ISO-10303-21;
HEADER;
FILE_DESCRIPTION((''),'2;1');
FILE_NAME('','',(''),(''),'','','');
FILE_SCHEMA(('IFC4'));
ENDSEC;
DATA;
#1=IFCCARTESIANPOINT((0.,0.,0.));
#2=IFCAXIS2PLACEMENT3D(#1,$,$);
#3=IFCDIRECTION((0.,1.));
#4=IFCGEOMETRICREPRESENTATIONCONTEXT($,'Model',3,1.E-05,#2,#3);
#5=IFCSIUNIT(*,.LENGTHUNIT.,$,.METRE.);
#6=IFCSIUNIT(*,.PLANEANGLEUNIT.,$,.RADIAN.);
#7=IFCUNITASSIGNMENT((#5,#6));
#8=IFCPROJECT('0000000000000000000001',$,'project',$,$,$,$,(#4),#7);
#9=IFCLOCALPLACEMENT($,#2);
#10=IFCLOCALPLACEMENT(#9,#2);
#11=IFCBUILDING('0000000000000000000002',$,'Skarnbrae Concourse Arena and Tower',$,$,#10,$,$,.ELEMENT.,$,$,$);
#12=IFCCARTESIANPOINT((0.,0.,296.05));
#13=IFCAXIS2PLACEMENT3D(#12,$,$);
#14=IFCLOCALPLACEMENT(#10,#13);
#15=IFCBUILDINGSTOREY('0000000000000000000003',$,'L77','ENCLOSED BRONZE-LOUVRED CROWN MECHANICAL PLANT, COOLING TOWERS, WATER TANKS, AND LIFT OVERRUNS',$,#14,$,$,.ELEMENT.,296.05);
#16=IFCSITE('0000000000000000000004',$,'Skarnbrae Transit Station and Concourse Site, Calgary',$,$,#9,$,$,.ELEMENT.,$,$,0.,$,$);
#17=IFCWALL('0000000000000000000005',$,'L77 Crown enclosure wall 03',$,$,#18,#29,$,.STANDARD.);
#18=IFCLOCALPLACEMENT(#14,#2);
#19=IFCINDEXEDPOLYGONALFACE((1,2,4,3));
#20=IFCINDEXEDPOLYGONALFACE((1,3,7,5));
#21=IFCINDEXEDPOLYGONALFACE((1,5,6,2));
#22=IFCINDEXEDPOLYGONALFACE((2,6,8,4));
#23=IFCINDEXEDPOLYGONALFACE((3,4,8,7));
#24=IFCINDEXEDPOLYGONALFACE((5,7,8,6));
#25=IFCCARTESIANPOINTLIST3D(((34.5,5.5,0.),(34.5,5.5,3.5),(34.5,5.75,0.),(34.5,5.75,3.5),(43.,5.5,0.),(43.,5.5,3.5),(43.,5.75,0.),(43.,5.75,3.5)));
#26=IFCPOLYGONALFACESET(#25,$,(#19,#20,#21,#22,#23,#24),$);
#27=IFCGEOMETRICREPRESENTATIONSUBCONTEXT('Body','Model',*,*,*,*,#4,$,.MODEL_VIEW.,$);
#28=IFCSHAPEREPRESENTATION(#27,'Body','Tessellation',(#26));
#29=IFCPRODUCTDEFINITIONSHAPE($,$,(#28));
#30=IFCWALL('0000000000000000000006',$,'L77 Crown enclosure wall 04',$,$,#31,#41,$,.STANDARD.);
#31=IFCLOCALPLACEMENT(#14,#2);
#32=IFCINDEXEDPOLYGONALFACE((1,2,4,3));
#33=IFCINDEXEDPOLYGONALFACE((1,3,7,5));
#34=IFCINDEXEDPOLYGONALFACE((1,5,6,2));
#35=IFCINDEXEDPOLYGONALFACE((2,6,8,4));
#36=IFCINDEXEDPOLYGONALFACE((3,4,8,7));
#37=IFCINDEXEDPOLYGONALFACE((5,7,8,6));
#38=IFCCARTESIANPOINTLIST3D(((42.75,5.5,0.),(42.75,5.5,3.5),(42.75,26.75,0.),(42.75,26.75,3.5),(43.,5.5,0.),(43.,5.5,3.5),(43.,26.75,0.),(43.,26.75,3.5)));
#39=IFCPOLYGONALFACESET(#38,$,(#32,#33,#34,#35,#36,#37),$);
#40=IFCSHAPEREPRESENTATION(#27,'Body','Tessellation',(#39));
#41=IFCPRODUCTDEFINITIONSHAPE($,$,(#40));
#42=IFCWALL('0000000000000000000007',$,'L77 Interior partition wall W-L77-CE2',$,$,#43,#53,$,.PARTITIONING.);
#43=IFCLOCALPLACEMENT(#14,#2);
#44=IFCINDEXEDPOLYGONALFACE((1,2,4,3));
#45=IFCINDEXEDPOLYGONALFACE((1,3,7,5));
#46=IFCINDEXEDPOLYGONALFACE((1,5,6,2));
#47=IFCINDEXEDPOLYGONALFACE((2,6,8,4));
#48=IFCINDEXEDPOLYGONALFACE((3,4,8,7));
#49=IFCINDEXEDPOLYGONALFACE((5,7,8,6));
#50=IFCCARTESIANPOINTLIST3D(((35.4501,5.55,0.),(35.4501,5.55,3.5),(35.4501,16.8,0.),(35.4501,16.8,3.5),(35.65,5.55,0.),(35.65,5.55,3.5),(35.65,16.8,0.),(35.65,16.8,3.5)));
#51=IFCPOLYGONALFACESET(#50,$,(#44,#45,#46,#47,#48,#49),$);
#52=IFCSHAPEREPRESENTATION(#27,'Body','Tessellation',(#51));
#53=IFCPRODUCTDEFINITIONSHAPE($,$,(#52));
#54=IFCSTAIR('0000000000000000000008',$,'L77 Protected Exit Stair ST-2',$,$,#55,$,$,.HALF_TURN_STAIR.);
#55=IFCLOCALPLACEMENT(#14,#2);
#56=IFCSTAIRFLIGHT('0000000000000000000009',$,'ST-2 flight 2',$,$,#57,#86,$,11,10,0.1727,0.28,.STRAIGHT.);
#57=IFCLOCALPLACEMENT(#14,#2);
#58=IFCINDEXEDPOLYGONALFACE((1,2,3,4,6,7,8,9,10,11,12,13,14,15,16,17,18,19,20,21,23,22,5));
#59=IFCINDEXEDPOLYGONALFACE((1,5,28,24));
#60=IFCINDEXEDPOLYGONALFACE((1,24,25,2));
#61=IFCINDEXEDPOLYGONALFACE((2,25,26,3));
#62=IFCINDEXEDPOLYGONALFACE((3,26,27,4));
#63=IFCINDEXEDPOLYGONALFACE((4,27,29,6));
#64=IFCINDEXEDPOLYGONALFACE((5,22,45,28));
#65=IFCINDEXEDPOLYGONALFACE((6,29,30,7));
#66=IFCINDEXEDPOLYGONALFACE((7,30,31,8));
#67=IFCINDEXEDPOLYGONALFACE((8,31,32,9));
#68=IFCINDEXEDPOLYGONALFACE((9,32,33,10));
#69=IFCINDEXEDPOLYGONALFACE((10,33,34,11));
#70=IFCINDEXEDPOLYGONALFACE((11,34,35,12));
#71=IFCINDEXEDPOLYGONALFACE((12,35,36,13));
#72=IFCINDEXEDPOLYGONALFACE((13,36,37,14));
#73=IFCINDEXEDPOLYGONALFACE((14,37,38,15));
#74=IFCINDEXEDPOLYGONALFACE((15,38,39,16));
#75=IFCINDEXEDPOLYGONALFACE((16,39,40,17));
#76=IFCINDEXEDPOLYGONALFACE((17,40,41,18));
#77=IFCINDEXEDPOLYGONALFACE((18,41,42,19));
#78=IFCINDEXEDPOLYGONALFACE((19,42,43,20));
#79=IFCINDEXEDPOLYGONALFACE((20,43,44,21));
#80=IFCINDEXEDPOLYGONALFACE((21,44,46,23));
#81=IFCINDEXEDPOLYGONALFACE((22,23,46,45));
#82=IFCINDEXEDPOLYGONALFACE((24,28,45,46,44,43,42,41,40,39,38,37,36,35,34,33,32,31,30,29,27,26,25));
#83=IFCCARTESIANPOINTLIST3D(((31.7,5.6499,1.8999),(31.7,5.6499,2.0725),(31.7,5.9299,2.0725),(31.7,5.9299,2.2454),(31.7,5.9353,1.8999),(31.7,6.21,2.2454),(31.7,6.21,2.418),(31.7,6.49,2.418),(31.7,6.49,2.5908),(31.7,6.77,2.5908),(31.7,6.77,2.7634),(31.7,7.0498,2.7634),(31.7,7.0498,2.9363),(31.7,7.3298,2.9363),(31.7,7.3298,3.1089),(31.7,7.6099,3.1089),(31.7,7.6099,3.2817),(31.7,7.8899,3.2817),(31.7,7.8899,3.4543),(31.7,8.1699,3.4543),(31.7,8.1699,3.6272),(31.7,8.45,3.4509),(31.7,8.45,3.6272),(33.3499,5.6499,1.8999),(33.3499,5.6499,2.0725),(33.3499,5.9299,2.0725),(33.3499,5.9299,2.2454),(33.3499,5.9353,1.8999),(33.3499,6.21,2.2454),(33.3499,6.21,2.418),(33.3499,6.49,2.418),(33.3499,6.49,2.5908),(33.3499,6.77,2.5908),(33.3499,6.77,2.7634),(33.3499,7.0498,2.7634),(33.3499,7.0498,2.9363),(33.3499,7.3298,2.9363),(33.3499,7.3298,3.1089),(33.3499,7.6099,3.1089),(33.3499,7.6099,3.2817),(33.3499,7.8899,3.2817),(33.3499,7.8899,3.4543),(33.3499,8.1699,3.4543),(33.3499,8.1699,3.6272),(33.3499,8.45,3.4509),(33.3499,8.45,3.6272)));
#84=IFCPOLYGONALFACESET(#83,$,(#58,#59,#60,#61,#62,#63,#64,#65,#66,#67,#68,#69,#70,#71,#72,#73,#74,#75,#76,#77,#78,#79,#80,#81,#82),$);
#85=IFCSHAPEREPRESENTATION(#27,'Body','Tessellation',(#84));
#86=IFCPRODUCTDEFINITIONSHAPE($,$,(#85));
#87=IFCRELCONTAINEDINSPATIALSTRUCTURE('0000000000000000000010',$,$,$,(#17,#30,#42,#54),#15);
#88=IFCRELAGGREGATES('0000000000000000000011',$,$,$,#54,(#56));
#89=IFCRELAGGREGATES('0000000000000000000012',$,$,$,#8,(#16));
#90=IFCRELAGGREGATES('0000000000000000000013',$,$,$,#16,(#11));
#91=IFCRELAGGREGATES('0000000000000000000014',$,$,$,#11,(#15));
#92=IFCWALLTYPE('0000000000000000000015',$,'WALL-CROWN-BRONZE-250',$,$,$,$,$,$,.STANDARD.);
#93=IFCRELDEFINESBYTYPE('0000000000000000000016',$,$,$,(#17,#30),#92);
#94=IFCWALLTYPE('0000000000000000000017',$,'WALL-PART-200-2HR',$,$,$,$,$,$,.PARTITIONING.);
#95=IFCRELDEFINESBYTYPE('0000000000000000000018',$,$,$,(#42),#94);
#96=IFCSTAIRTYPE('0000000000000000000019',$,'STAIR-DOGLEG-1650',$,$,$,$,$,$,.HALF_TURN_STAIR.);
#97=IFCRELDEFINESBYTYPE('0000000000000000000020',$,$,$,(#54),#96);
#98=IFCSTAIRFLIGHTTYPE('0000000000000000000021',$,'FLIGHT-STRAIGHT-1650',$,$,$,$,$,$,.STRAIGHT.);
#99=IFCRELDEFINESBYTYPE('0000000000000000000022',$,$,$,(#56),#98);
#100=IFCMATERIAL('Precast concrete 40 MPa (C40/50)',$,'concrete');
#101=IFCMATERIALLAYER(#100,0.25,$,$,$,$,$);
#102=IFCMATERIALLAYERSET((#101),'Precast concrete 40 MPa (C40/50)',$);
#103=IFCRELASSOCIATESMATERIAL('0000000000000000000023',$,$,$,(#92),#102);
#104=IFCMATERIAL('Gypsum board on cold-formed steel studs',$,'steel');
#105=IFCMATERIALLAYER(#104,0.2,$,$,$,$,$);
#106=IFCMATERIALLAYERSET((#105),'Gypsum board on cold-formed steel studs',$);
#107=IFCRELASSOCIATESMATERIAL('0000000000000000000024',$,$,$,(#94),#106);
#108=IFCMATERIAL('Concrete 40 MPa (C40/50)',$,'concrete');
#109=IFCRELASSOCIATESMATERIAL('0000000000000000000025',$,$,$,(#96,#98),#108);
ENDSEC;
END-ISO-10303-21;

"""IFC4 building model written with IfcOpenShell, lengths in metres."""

from ifc_helpers import new_model, si_unit, direction, frame, frame_2d, origin, place, context, subcontext, project, spatial, polyline, rectangle, outline, extrude, source, transform, mapped, material, layer, layer_set, type_object, element, aggregate, save


model = new_model("IFC4")

# Units and contexts
model_context = context("Model", 3, precision=1e-05, world=origin(), true_north=direction((0.0, 1.0)))
body_context = subcontext(model_context, "Body", "Model", "MODEL_VIEW")
ifc_project = project(units=[si_unit("LENGTHUNIT", "METRE"), si_unit("PLANEANGLEUNIT", "RADIAN")], contexts=[model_context])

# Site, building, storey
site_placement = place(None, origin())
site = spatial("IfcSite", under=ifc_project, at=site_placement, Name="Skarnbrae Transit Station and Concourse Site, Calgary", CompositionType="ELEMENT", RefElevation=0.0)
building_placement = place(site_placement, origin())
building = spatial("IfcBuilding", under=site, at=building_placement, Name="Skarnbrae Concourse Arena and Tower", CompositionType="ELEMENT")
storey_placement = place(building_placement, frame((0.0, 0.0, 296.05)))
storey = spatial("IfcBuildingStorey", under=building, at=storey_placement, Name="L77", Description="ENCLOSED BRONZE-LOUVRED CROWN MECHANICAL PLANT, COOLING TOWERS, WATER TANKS, AND LIFT OVERRUNS", CompositionType="ELEMENT", Elevation=296.05)

# Walls
ifc_material_1 = material(Name="Precast concrete 40 MPa (C40/50)", Category="concrete")
ifc_layer_1 = layer(ifc_material_1, 0.25)
ifc_layer_set_1 = layer_set([ifc_layer_1], Name="Precast concrete 40 MPa (C40/50)")
wall_type_1 = type_object("IfcWallType", Name="WALL-CROWN-BRONZE-250", PredefinedType="STANDARD", material=ifc_layer_set_1)
shared_shape_1 = source(origin(), body_context, "Body", "SweptSolid", [
    extrude(rectangle(XDim=8.5, YDim=0.25, at=frame_2d((4.25, 0.0))), origin(), (0.0, 0.0, 1.0), 3.5),
])
wall_1_placement = place(storey_placement, frame((34.5, 5.625, 0.0), z_axis=(0.0, 0.0, 1.0), x_axis=(1.0, 0.0, 0.0)))
element("IfcWall", 1, at=wall_1_placement, inside=storey, type_object=wall_type_1, Name="L77 Crown enclosure wall 03", PredefinedType="STANDARD", context=body_context, shape_type="MappedRepresentation", body=[
    mapped(shared_shape_1, transform((0.0, 0.0, 0.0))),
])
shared_shape_2 = source(origin(), body_context, "Body", "SweptSolid", [
    extrude(rectangle(XDim=21.25, YDim=0.25, at=frame_2d((10.625, 0.0))), origin(), (0.0, 0.0, 1.0), 3.5),
])
wall_2_placement = place(storey_placement, frame((42.875, 5.5, 0.0), z_axis=(0.0, 0.0, 1.0), x_axis=(0.0, 1.0, 0.0)))
element("IfcWall", 2, at=wall_2_placement, inside=storey, type_object=wall_type_1, Name="L77 Crown enclosure wall 04", PredefinedType="STANDARD", context=body_context, shape_type="MappedRepresentation", body=[
    mapped(shared_shape_2, transform((0.0, 0.0, 0.0))),
])
ifc_material_2 = material(Name="Gypsum board on cold-formed steel studs", Category="steel")
ifc_layer_2 = layer(ifc_material_2, 0.2)
ifc_layer_set_2 = layer_set([ifc_layer_2], Name="Gypsum board on cold-formed steel studs")
wall_type_2 = type_object("IfcWallType", Name="WALL-PART-200-2HR", PredefinedType="PARTITIONING", material=ifc_layer_set_2)
shared_shape_3 = source(origin(), body_context, "Body", "SweptSolid", [
    extrude(rectangle(XDim=11.25, YDim=0.2, at=frame_2d((5.625, 0.0))), origin(), (0.0, 0.0, 1.0), 3.5),
])
wall_3_placement = place(storey_placement, frame((35.55, 5.55, 0.0), z_axis=(0.0, 0.0, 1.0), x_axis=(0.0, 1.0, 0.0)))
element("IfcWall", 3, at=wall_3_placement, inside=storey, type_object=wall_type_2, Name="L77 Interior partition wall W-L77-CE2", PredefinedType="PARTITIONING", context=body_context, shape_type="MappedRepresentation", body=[
    mapped(shared_shape_3, transform((0.0, 0.0, 0.0))),
])

# Stair, stair flight
ifc_material_3 = material(Name="Concrete 40 MPa (C40/50)", Category="concrete")
stair_type = type_object("IfcStairType", Name="STAIR-DOGLEG-1650", PredefinedType="HALF_TURN_STAIR", material=ifc_material_3)
stair_placement = place(storey_placement, origin())
stair = element("IfcStair", 4, at=stair_placement, inside=storey, type_object=stair_type, Name="L77 Protected Exit Stair ST-2", PredefinedType="HALF_TURN_STAIR")
stair_flight_type = type_object("IfcStairFlightType", Name="FLIGHT-STRAIGHT-1650", PredefinedType="STRAIGHT", material=ifc_material_3)
shared_shape_4 = source(origin(), body_context, "Body", "SweptSolid", [
    extrude(outline(polyline([(0.0, 0.0), (0.0, 0.1726), (0.28, 0.1726), (0.28, 0.3455), (0.5601, 0.3455), (0.5601, 0.5181), (0.8401, 0.5181), (0.8401, 0.6909), (1.1201, 0.6909), (1.1201, 0.8635), (1.3999, 0.8635), (1.3999, 1.0364), (1.6799, 1.0364), (1.6799, 1.209), (1.96, 1.209), (1.96, 1.3818), (2.24, 1.3818), (2.24, 1.5544), (2.52, 1.5544), (2.52, 1.7273), (2.8, 1.7273), (2.8, 1.8999), (2.8, 1.551), (0.2854, 0.0), (0.0, 0.0)])), frame((0.0, 0.825, 0.0), z_axis=(0.0, -1.0, 0.0), x_axis=(1.0, 0.0, 0.0)), (0.0, 0.0, 1.0), 1.6499),
])
stair_flight_placement = place(storey_placement, frame((32.5249, 5.6499, 1.8999), z_axis=(0.0, 0.0, 1.0), x_axis=(0.0, 1.0, 0.0)))
stair_flight = element("IfcStairFlight", 5, at=stair_flight_placement, type_object=stair_flight_type, Name="ST-2 flight 2", NumberOfRisers=11, NumberOfTreads=10, PredefinedType="STRAIGHT", RiserHeight=0.1727, TreadLength=0.28, context=body_context, shape_type="MappedRepresentation", body=[
    mapped(shared_shape_4, transform((0.0, 0.0, 0.0))),
])
aggregate(stair, [stair_flight])

save(model, "model.ifc")
